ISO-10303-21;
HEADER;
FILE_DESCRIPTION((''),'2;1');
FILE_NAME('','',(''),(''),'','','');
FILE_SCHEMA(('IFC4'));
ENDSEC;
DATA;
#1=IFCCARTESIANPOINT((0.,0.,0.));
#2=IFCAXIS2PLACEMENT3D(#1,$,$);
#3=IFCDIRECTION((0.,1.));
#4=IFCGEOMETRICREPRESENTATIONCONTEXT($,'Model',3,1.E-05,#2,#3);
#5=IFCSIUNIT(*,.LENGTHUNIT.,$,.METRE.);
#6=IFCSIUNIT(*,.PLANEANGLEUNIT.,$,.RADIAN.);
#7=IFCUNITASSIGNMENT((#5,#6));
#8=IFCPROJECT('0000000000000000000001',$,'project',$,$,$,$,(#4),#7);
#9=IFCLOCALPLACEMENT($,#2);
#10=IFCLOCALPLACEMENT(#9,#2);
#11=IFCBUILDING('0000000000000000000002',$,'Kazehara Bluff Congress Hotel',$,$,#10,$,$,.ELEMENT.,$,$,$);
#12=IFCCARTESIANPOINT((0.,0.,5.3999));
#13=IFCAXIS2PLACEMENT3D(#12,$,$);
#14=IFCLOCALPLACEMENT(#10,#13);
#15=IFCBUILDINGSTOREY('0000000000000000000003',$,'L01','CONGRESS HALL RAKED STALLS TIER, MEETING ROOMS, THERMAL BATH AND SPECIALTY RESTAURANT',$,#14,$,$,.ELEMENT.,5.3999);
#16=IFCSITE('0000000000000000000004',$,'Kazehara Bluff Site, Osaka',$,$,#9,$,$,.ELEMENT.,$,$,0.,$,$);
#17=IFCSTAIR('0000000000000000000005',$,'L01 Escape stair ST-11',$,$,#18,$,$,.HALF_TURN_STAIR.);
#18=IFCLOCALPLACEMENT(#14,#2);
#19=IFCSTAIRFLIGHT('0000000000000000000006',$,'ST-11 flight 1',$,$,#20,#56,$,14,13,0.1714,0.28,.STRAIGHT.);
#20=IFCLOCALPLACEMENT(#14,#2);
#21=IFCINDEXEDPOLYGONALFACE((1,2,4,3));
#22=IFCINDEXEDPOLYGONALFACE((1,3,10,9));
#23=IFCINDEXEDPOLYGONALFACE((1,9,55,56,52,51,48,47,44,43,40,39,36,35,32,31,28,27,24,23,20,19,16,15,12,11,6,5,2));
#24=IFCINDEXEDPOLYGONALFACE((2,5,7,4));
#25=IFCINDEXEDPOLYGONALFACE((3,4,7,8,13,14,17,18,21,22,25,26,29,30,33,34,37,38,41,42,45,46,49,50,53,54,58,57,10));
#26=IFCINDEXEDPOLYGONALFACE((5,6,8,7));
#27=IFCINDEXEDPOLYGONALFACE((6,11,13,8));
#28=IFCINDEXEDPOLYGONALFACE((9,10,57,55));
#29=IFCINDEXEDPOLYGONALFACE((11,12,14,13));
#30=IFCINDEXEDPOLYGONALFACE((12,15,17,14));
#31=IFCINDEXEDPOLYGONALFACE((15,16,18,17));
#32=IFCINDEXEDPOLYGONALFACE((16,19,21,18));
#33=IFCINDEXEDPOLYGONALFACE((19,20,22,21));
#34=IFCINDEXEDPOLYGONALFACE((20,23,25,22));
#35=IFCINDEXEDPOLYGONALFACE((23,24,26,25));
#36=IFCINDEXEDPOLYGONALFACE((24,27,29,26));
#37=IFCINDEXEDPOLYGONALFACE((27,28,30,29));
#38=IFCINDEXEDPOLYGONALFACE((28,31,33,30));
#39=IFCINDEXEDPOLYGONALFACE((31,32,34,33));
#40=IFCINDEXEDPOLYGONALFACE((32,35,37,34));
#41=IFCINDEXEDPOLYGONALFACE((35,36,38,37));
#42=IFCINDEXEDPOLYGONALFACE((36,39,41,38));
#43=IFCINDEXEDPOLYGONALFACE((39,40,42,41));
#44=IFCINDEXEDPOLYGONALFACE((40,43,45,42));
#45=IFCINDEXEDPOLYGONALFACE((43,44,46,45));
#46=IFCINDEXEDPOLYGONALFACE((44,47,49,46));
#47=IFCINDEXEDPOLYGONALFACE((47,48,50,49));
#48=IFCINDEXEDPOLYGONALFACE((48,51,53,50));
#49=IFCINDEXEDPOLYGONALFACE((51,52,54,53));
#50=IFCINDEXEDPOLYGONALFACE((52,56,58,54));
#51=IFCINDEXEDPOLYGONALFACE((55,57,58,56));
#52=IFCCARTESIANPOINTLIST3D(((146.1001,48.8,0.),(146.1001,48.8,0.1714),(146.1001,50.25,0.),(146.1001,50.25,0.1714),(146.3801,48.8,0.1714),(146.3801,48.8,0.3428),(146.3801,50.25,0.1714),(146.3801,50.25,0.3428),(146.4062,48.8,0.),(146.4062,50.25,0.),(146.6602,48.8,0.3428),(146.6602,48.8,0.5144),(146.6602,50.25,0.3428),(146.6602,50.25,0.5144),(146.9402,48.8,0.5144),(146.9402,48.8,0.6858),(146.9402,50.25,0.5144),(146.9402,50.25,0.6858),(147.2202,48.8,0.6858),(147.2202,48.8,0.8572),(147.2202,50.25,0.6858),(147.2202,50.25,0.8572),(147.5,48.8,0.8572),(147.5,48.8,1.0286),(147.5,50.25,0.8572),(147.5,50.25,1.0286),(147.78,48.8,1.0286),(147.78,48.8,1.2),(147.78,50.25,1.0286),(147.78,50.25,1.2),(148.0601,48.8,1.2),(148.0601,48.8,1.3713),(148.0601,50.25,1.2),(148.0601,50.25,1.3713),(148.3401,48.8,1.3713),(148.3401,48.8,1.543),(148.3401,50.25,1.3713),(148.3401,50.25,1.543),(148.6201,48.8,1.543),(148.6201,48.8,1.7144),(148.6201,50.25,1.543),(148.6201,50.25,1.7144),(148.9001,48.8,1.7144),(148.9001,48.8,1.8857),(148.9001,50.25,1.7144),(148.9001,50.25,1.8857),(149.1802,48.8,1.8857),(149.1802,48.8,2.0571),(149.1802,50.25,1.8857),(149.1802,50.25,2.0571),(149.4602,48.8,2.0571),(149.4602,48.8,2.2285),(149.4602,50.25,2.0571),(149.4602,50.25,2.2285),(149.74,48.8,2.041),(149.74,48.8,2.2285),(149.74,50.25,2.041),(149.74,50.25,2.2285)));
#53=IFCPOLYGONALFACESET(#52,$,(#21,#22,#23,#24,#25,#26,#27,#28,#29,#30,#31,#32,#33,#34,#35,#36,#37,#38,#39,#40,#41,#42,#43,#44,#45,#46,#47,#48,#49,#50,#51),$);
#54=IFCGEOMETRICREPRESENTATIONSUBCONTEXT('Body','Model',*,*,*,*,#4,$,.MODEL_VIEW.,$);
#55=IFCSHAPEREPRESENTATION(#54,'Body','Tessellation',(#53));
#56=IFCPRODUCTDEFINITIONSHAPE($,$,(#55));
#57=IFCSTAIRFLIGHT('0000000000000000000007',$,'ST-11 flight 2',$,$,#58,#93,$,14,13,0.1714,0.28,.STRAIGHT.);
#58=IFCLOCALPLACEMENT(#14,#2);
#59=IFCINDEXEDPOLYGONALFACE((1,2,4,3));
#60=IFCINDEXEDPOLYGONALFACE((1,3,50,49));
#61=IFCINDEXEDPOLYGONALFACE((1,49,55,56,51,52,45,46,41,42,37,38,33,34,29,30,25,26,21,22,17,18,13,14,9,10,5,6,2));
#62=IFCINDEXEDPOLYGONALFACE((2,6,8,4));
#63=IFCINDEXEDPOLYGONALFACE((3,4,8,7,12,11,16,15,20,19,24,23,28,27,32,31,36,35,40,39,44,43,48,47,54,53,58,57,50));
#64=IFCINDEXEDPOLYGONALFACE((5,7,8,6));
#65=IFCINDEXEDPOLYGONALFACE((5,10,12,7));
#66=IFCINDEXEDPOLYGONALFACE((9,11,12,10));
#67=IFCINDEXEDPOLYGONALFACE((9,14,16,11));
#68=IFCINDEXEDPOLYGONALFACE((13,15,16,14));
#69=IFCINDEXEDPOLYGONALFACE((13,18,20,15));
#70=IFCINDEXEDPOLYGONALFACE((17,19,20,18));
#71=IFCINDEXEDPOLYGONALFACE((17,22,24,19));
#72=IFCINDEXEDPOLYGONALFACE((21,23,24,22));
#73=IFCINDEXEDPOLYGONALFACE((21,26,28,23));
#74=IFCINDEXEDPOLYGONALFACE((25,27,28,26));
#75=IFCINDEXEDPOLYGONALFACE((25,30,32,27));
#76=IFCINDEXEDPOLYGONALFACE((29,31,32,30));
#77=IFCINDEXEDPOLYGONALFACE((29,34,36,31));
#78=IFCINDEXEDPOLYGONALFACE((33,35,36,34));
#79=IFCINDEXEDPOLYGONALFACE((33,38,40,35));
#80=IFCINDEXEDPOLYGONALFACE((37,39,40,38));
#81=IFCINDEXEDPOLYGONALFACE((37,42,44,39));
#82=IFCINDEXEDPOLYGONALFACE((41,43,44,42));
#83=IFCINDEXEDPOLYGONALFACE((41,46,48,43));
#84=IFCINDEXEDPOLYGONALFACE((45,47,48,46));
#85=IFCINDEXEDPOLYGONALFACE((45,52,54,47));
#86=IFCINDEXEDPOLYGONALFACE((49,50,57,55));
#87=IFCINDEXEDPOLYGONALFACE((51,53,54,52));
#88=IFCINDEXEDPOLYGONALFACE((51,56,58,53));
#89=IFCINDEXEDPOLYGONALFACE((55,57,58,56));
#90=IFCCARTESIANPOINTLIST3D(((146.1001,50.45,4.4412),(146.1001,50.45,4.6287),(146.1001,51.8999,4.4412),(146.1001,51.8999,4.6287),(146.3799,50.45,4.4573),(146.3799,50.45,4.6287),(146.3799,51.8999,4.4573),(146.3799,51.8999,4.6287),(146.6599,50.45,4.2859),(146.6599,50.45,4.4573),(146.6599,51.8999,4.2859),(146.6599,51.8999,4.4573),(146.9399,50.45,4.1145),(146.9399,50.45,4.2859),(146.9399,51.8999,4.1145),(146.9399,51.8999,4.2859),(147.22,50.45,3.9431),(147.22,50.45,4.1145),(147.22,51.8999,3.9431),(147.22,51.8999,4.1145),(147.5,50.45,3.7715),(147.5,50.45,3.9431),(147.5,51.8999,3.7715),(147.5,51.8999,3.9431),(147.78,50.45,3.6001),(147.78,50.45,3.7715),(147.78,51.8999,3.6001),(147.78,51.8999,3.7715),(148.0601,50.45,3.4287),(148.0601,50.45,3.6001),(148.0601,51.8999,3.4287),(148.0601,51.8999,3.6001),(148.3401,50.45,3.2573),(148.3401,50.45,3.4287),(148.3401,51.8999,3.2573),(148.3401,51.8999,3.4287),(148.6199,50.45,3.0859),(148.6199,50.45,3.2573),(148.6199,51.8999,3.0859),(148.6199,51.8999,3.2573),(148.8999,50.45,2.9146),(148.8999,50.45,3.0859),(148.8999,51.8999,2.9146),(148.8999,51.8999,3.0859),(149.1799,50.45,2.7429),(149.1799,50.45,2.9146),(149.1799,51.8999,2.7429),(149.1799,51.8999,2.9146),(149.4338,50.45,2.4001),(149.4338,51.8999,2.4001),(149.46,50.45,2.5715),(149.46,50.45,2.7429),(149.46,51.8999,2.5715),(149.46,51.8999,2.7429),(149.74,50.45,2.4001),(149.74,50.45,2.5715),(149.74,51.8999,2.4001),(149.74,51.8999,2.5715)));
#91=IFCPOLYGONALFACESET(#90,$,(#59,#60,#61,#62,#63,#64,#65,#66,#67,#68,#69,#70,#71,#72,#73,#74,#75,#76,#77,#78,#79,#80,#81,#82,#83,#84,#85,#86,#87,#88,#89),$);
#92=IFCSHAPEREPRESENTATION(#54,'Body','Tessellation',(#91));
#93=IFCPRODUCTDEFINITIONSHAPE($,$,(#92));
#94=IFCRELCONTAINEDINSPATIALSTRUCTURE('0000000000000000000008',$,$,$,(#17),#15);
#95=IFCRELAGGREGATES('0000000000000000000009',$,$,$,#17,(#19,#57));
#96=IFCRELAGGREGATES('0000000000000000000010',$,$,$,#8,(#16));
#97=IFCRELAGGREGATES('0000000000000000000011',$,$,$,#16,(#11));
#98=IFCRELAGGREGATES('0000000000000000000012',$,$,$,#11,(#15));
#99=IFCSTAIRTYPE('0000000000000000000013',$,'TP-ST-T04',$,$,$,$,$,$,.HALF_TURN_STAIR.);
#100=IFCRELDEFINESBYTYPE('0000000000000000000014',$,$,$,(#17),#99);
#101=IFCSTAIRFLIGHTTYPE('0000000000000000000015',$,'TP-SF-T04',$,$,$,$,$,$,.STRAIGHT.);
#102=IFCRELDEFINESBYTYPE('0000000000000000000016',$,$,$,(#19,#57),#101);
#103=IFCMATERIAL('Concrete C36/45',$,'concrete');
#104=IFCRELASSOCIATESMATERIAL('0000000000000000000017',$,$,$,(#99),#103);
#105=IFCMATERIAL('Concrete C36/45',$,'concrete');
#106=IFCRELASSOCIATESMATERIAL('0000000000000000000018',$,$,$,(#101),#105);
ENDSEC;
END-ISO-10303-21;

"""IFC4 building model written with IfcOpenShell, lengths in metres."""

from ifc_helpers import new_model, si_unit, direction, frame, origin, place, context, subcontext, project, spatial, polyline, outline, extrude, material, type_object, element, aggregate, save


model = new_model("IFC4")

# Units and contexts
model_context = context("Model", 3, precision=1e-05, world=origin(), true_north=direction((0.0, 1.0)))
body_context = subcontext(model_context, "Body", "Model", "MODEL_VIEW")
ifc_project = project(units=[si_unit("LENGTHUNIT", "METRE"), si_unit("PLANEANGLEUNIT", "RADIAN")], contexts=[model_context])

# Site, building, storey
site_placement = place(None, origin())
site = spatial("IfcSite", under=ifc_project, at=site_placement, Name="Kazehara Bluff Site, Osaka", CompositionType="ELEMENT", RefElevation=0.0)
building_placement = place(site_placement, origin())
building = spatial("IfcBuilding", under=site, at=building_placement, Name="Kazehara Bluff Congress Hotel", CompositionType="ELEMENT")
storey_placement = place(building_placement, frame((0.0, 0.0, 5.3999)))
storey = spatial("IfcBuildingStorey", under=building, at=storey_placement, Name="L01", Description="CONGRESS HALL RAKED STALLS TIER, MEETING ROOMS, THERMAL BATH AND SPECIALTY RESTAURANT", CompositionType="ELEMENT", Elevation=5.3999)

# Stair, stair flights
ifc_material_1 = material(Name="Concrete C36/45", Category="concrete")
stair_type = type_object("IfcStairType", Name="TP-ST-T04", PredefinedType="HALF_TURN_STAIR", material=ifc_material_1)
stair_placement = place(storey_placement, origin())
stair = element("IfcStair", 1, at=stair_placement, inside=storey, type_object=stair_type, Name="L01 Escape stair ST-11", PredefinedType="HALF_TURN_STAIR")
ifc_material_2 = material(Name="Concrete C36/45", Category="concrete")
stair_flight_type = type_object("IfcStairFlightType", Name="TP-SF-T04", PredefinedType="STRAIGHT", material=ifc_material_2)
stair_flight_1_placement = place(storey_placement, frame((146.1001, 49.5249, 0.0), z_axis=(0.0, 0.0, 1.0), x_axis=(1.0, 0.0, 0.0)))
stair_flight_1 = element("IfcStairFlight", 2, at=stair_flight_1_placement, type_object=stair_flight_type, Name="ST-11 flight 1", NumberOfRisers=14, NumberOfTreads=13, PredefinedType="STRAIGHT", RiserHeight=0.1714, TreadLength=0.28, context=body_context, shape_type="SweptSolid", body=[
    extrude(outline(polyline([(0.0, 0.0), (0.0, 0.1714), (0.28, 0.1714), (0.28, 0.3428), (0.5601, 0.3428), (0.5601, 0.5144), (0.8401, 0.5144), (0.8401, 0.6858), (1.1201, 0.6858), (1.1201, 0.8572), (1.3999, 0.8572), (1.3999, 1.0286), (1.6799, 1.0286), (1.6799, 1.2), (1.96, 1.2), (1.96, 1.3713), (2.24, 1.3713), (2.24, 1.543), (2.52, 1.543), (2.52, 1.7144), (2.8, 1.7144), (2.8, 1.8857), (3.0801, 1.8857), (3.0801, 2.0571), (3.3601, 2.0571), (3.3601, 2.2285), (3.6399, 2.2285), (3.6399, 2.3999), (3.6399, 2.041), (0.3062, 0.0), (0.0, 0.0)])), frame((0.0, 0.7251, 0.0), z_axis=(0.0, -1.0, 0.0), x_axis=(1.0, 0.0, 0.0)), (0.0, 0.0, 1.0), 1.45),
])
stair_flight_2_placement = place(storey_placement, frame((149.74, 51.175, 2.4001), z_axis=(0.0, 0.0, 1.0), x_axis=(-1.0, 0.0, 0.0)))
stair_flight_2 = element("IfcStairFlight", 3, at=stair_flight_2_placement, type_object=stair_flight_type, Name="ST-11 flight 2", NumberOfRisers=14, NumberOfTreads=13, PredefinedType="STRAIGHT", RiserHeight=0.1714, TreadLength=0.28, context=body_context, shape_type="SweptSolid", body=[
    extrude(outline(polyline([(0.0, 0.0), (0.0, 0.1714), (0.28, 0.1714), (0.28, 0.3428), (0.5601, 0.3428), (0.5601, 0.5144), (0.8401, 0.5144), (0.8401, 0.6858), (1.1201, 0.6858), (1.1201, 0.8572), (1.3999, 0.8572), (1.3999, 1.0286), (1.6799, 1.0286), (1.6799, 1.2), (1.96, 1.2), (1.96, 1.3713), (2.24, 1.3713), (2.24, 1.543), (2.52, 1.543), (2.52, 1.7144), (2.8, 1.7144), (2.8, 1.8857), (3.0801, 1.8857), (3.0801, 2.0571), (3.3601, 2.0571), (3.3601, 2.2285), (3.6399, 2.2285), (3.6399, 2.3999), (3.6399, 2.041), (0.3062, 0.0), (0.0, 0.0)])), frame((0.0, 0.7251, 0.0), z_axis=(0.0, -1.0, 0.0), x_axis=(1.0, 0.0, 0.0)), (0.0, 0.0, 1.0), 1.45),
])
aggregate(stair, [stair_flight_1, stair_flight_2])

save(model, "model.ifc")
